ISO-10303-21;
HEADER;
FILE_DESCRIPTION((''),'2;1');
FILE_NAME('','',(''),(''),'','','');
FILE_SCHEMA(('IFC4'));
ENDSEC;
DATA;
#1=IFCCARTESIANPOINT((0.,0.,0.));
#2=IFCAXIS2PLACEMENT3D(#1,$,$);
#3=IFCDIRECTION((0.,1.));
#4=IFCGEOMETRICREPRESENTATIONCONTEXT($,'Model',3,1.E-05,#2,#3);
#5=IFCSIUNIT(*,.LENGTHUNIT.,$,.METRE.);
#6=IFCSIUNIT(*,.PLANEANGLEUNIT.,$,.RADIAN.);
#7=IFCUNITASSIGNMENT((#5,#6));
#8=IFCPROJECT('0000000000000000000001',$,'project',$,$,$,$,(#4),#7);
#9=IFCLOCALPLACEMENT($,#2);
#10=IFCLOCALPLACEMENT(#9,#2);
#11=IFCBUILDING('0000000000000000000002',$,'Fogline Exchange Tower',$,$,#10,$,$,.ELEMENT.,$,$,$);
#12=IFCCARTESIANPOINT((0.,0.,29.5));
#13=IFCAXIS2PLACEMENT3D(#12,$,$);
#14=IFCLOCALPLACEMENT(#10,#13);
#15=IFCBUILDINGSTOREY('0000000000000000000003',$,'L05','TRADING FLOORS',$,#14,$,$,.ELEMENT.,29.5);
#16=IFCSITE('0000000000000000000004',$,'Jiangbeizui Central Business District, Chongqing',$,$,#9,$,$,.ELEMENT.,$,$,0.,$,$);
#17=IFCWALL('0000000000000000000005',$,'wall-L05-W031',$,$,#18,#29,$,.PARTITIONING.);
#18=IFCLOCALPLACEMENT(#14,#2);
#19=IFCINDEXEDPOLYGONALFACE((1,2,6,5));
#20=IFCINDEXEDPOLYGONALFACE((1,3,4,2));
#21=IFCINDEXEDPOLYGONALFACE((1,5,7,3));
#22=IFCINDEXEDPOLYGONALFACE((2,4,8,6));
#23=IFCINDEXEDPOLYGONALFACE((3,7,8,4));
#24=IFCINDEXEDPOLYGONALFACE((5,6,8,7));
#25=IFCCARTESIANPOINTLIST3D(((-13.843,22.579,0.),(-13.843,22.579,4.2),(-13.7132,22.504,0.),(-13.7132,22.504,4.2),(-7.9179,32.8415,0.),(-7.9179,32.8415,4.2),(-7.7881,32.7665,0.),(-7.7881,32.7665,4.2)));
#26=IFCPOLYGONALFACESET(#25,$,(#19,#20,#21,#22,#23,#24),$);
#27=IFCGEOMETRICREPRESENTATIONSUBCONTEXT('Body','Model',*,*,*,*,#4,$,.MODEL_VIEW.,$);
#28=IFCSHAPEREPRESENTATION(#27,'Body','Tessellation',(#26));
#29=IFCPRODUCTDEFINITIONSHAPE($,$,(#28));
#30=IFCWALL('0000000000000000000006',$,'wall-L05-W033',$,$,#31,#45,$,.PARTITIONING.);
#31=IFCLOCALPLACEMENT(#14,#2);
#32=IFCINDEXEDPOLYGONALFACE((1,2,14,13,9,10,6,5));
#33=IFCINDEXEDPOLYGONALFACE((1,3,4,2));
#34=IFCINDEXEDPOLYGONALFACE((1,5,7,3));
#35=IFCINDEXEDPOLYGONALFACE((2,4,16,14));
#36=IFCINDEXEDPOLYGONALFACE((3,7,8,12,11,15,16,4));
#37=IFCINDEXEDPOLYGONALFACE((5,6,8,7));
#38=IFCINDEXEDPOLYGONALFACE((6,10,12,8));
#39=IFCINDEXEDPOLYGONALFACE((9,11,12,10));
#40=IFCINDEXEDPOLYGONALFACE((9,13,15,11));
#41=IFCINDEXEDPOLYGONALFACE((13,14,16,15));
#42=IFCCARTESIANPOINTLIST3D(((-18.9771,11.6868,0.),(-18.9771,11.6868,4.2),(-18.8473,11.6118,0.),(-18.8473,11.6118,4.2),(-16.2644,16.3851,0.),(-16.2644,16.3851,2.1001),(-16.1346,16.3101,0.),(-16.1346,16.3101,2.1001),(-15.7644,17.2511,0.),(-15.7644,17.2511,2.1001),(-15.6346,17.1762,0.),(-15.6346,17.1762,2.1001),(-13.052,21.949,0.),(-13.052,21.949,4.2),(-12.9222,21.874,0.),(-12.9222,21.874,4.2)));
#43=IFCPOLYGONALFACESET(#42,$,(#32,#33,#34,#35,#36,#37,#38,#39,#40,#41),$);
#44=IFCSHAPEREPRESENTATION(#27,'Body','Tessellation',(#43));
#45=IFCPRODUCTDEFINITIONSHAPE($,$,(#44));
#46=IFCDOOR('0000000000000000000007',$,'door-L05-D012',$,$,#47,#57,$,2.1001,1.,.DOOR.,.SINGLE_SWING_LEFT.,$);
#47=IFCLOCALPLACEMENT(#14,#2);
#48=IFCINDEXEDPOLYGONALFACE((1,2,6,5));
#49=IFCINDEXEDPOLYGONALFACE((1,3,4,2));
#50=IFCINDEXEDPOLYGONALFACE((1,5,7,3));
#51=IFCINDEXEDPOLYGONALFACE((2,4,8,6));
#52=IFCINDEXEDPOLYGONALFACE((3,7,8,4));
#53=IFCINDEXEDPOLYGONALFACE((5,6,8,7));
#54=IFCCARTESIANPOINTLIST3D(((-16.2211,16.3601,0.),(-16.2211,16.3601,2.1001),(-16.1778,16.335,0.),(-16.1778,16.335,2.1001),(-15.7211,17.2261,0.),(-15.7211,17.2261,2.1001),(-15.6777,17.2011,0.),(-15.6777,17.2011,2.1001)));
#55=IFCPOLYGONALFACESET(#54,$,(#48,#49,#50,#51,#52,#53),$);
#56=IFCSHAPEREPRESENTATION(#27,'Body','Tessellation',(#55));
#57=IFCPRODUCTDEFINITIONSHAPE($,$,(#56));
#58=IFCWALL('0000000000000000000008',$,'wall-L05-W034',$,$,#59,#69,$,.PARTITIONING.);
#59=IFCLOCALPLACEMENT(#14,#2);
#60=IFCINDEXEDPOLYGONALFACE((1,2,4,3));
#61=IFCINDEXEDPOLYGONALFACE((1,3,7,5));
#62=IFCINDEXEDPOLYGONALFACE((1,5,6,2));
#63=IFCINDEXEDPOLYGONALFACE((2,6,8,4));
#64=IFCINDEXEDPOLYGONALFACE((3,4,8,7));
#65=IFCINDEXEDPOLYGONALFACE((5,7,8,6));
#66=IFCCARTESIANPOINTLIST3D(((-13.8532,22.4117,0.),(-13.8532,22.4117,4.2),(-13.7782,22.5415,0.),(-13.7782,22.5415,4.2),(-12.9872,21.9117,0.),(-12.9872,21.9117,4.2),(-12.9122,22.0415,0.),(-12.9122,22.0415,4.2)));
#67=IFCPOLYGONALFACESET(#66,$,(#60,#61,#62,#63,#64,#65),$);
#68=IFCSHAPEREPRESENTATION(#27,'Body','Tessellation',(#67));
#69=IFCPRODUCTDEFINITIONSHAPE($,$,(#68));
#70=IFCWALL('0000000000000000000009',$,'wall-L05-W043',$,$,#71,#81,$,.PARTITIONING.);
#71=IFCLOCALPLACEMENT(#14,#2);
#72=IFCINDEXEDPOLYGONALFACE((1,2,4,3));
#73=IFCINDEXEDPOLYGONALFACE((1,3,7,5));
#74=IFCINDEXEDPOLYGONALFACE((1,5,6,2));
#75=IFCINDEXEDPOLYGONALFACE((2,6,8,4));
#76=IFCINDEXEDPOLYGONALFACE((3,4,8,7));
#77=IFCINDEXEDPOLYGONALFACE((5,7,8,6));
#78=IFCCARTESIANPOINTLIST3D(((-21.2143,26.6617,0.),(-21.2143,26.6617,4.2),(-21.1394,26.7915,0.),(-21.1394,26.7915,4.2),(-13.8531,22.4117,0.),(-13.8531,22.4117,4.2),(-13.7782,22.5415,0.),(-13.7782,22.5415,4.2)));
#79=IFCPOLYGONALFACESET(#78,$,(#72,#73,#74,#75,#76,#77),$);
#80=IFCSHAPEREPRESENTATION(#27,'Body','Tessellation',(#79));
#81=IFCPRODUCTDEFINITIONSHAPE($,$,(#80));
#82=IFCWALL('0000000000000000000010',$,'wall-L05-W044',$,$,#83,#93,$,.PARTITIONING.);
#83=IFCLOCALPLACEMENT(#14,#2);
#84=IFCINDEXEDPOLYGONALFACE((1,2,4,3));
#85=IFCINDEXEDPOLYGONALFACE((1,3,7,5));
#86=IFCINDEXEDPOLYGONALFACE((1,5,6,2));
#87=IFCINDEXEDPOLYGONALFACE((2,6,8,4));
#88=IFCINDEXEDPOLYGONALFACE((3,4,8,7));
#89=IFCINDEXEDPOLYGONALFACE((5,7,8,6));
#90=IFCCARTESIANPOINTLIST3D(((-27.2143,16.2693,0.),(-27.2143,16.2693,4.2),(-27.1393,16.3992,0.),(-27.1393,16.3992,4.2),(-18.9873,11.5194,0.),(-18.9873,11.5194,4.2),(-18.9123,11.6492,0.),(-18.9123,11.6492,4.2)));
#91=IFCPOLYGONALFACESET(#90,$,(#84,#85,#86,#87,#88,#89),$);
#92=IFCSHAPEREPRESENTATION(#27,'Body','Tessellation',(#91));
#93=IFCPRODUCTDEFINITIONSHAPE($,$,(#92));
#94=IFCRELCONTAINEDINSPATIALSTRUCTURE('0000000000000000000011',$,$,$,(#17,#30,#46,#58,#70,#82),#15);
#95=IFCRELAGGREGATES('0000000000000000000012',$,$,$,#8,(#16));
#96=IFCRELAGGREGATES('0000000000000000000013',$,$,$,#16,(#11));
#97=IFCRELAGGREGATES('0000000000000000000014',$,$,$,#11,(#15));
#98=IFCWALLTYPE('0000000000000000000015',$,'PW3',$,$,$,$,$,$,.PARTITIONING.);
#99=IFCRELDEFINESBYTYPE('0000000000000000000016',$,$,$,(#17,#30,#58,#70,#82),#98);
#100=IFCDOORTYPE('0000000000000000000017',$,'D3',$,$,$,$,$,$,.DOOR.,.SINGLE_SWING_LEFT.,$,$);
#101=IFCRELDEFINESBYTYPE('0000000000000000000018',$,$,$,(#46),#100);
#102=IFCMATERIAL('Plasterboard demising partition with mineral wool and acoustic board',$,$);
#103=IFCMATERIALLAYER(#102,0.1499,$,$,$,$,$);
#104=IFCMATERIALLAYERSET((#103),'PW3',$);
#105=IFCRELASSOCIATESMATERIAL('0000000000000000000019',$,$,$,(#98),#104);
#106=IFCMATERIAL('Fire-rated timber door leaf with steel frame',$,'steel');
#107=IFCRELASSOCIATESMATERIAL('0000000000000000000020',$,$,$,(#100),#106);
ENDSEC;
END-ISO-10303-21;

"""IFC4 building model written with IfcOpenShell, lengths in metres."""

from ifc_helpers import new_model, si_unit, direction, frame, frame_2d, origin, place, context, subcontext, project, spatial, rectangle, extrude, material, layer, layer_set, type_object, element, fill, save


model = new_model("IFC4")

# Units and contexts
model_context = context("Model", 3, precision=1e-05, world=origin(), true_north=direction((0.0, 1.0)))
body_context = subcontext(model_context, "Body", "Model", "MODEL_VIEW")
ifc_project = project(units=[si_unit("LENGTHUNIT", "METRE"), si_unit("PLANEANGLEUNIT", "RADIAN")], contexts=[model_context])

# Site, building, storey
site_placement = place(None, origin())
site = spatial("IfcSite", under=ifc_project, at=site_placement, Name="Jiangbeizui Central Business District, Chongqing", CompositionType="ELEMENT", RefElevation=0.0)
building_placement = place(site_placement, origin())
building = spatial("IfcBuilding", under=site, at=building_placement, Name="Fogline Exchange Tower", CompositionType="ELEMENT")
storey_placement = place(building_placement, frame((0.0, 0.0, 29.5)))
storey = spatial("IfcBuildingStorey", under=building, at=storey_placement, Name="L05", Description="TRADING FLOORS", CompositionType="ELEMENT", Elevation=29.5)

# Wall
ifc_material_1 = material(Name="Plasterboard demising partition with mineral wool and acoustic board")
ifc_layer_1 = layer(ifc_material_1, 0.1499)
ifc_layer_set_1 = layer_set([ifc_layer_1], Name="PW3")
wall_type_1 = type_object("IfcWallType", Name="PW3", PredefinedType="PARTITIONING", material=ifc_layer_set_1)
wall_1_placement = place(storey_placement, frame((-13.7781, 22.5415, 0.0), z_axis=(0.0, 0.0, 1.0), x_axis=(0.500001, 0.866025, 0.0)))
element("IfcWall", 1, at=wall_1_placement, inside=storey, type_object=wall_type_1, Name="wall-L05-W031", PredefinedType="PARTITIONING", context=body_context, shape_type="SweptSolid", body=[
    extrude(rectangle(XDim=11.8501, YDim=0.1499, at=frame_2d((5.925, 0.0))), origin(), (0.0, 0.0, 1.0), 4.2),
])

# Wall, opening, door
wall_2_placement = place(storey_placement, frame((-18.9121, 11.6494, 0.0), z_axis=(0.0, 0.0, 1.0), x_axis=(0.50001, 0.86602, 0.0)))
wall_2 = element("IfcWall", 2, at=wall_2_placement, inside=storey, type_object=wall_type_1, Name="wall-L05-W033", PredefinedType="PARTITIONING", context=body_context, shape_type="SweptSolid", body=[
    extrude(rectangle(XDim=11.8499, YDim=0.1499, at=frame_2d((5.9248, 0.0))), origin(), (0.0, 0.0, 1.0), 4.2),
])
opening_1_placement = place(wall_2_placement, frame((5.425, 0.0, 0.0)))
opening_1 = element("IfcOpeningElement", 3, at=opening_1_placement, cuts=wall_2, PredefinedType="OPENING", context=body_context, shape_type="SweptSolid", body=[
    extrude(rectangle(XDim=1.0, YDim=2.1001, at=frame_2d((0.5, 1.05))), frame((0.0, 0.085, 0.0), z_axis=(0.0, -1.0, 0.0), x_axis=(1.0, 0.0, 0.0)), (0.0, 0.0, 1.0), 0.1699),
])
ifc_material_2 = material(Name="Fire-rated timber door leaf with steel frame", Category="steel")
door_type_1 = type_object("IfcDoorType", Name="D3", OperationType="SINGLE_SWING_LEFT", PredefinedType="DOOR", material=ifc_material_2)
door_1_placement = place(opening_1_placement, origin())
door_1 = element("IfcDoor", 4, at=door_1_placement, inside=storey, type_object=door_type_1, Name="door-L05-D012", OperationType="SINGLE_SWING_LEFT", OverallHeight=2.1001, OverallWidth=1.0, PredefinedType="DOOR", context=body_context, shape_type="SweptSolid", body=[
    extrude(rectangle(XDim=1.0, YDim=2.1001, at=frame_2d((0.5, 1.05))), frame((0.0, 0.0249, 0.0), z_axis=(0.0, -1.0, 0.0), x_axis=(1.0, 0.0, 0.0)), (0.0, 0.0, 1.0), 0.05),
])
fill(opening_1, door_1)

# Walls
wall_3_placement = place(storey_placement, frame((-12.9497, 21.9766, 0.0), z_axis=(0.0, 0.0, 1.0), x_axis=(-0.866011, 0.500025, 0.0)))
element("IfcWall", 5, at=wall_3_placement, inside=storey, type_object=wall_type_1, Name="wall-L05-W034", PredefinedType="PARTITIONING", context=body_context, shape_type="SweptSolid", body=[
    extrude(rectangle(XDim=1.0, YDim=0.1499, at=frame_2d((0.5, 0.0))), origin(), (0.0, 0.0, 1.0), 4.2),
])
wall_4_placement = place(storey_placement, frame((-13.8157, 22.4766, 0.0), z_axis=(0.0, 0.0, 1.0), x_axis=(-0.866022, 0.500007, 0.0)))
element("IfcWall", 6, at=wall_4_placement, inside=storey, type_object=wall_type_1, Name="wall-L05-W043", PredefinedType="PARTITIONING", context=body_context, shape_type="SweptSolid", body=[
    extrude(rectangle(XDim=8.5, YDim=0.1499, at=frame_2d((4.25, 0.0))), origin(), (0.0, 0.0, 1.0), 4.2),
])
wall_5_placement = place(storey_placement, frame((-18.9497, 11.5842, 0.0), z_axis=(0.0, 0.0, 1.0), x_axis=(-0.86602, 0.500009, 0.0)))
element("IfcWall", 7, at=wall_5_placement, inside=storey, type_object=wall_type_1, Name="wall-L05-W044", PredefinedType="PARTITIONING", context=body_context, shape_type="SweptSolid", body=[
    extrude(rectangle(XDim=9.4998, YDim=0.1499, at=frame_2d((4.75, 0.0))), origin(), (0.0, 0.0, 1.0), 4.2),
])

save(model, "model.ifc")
